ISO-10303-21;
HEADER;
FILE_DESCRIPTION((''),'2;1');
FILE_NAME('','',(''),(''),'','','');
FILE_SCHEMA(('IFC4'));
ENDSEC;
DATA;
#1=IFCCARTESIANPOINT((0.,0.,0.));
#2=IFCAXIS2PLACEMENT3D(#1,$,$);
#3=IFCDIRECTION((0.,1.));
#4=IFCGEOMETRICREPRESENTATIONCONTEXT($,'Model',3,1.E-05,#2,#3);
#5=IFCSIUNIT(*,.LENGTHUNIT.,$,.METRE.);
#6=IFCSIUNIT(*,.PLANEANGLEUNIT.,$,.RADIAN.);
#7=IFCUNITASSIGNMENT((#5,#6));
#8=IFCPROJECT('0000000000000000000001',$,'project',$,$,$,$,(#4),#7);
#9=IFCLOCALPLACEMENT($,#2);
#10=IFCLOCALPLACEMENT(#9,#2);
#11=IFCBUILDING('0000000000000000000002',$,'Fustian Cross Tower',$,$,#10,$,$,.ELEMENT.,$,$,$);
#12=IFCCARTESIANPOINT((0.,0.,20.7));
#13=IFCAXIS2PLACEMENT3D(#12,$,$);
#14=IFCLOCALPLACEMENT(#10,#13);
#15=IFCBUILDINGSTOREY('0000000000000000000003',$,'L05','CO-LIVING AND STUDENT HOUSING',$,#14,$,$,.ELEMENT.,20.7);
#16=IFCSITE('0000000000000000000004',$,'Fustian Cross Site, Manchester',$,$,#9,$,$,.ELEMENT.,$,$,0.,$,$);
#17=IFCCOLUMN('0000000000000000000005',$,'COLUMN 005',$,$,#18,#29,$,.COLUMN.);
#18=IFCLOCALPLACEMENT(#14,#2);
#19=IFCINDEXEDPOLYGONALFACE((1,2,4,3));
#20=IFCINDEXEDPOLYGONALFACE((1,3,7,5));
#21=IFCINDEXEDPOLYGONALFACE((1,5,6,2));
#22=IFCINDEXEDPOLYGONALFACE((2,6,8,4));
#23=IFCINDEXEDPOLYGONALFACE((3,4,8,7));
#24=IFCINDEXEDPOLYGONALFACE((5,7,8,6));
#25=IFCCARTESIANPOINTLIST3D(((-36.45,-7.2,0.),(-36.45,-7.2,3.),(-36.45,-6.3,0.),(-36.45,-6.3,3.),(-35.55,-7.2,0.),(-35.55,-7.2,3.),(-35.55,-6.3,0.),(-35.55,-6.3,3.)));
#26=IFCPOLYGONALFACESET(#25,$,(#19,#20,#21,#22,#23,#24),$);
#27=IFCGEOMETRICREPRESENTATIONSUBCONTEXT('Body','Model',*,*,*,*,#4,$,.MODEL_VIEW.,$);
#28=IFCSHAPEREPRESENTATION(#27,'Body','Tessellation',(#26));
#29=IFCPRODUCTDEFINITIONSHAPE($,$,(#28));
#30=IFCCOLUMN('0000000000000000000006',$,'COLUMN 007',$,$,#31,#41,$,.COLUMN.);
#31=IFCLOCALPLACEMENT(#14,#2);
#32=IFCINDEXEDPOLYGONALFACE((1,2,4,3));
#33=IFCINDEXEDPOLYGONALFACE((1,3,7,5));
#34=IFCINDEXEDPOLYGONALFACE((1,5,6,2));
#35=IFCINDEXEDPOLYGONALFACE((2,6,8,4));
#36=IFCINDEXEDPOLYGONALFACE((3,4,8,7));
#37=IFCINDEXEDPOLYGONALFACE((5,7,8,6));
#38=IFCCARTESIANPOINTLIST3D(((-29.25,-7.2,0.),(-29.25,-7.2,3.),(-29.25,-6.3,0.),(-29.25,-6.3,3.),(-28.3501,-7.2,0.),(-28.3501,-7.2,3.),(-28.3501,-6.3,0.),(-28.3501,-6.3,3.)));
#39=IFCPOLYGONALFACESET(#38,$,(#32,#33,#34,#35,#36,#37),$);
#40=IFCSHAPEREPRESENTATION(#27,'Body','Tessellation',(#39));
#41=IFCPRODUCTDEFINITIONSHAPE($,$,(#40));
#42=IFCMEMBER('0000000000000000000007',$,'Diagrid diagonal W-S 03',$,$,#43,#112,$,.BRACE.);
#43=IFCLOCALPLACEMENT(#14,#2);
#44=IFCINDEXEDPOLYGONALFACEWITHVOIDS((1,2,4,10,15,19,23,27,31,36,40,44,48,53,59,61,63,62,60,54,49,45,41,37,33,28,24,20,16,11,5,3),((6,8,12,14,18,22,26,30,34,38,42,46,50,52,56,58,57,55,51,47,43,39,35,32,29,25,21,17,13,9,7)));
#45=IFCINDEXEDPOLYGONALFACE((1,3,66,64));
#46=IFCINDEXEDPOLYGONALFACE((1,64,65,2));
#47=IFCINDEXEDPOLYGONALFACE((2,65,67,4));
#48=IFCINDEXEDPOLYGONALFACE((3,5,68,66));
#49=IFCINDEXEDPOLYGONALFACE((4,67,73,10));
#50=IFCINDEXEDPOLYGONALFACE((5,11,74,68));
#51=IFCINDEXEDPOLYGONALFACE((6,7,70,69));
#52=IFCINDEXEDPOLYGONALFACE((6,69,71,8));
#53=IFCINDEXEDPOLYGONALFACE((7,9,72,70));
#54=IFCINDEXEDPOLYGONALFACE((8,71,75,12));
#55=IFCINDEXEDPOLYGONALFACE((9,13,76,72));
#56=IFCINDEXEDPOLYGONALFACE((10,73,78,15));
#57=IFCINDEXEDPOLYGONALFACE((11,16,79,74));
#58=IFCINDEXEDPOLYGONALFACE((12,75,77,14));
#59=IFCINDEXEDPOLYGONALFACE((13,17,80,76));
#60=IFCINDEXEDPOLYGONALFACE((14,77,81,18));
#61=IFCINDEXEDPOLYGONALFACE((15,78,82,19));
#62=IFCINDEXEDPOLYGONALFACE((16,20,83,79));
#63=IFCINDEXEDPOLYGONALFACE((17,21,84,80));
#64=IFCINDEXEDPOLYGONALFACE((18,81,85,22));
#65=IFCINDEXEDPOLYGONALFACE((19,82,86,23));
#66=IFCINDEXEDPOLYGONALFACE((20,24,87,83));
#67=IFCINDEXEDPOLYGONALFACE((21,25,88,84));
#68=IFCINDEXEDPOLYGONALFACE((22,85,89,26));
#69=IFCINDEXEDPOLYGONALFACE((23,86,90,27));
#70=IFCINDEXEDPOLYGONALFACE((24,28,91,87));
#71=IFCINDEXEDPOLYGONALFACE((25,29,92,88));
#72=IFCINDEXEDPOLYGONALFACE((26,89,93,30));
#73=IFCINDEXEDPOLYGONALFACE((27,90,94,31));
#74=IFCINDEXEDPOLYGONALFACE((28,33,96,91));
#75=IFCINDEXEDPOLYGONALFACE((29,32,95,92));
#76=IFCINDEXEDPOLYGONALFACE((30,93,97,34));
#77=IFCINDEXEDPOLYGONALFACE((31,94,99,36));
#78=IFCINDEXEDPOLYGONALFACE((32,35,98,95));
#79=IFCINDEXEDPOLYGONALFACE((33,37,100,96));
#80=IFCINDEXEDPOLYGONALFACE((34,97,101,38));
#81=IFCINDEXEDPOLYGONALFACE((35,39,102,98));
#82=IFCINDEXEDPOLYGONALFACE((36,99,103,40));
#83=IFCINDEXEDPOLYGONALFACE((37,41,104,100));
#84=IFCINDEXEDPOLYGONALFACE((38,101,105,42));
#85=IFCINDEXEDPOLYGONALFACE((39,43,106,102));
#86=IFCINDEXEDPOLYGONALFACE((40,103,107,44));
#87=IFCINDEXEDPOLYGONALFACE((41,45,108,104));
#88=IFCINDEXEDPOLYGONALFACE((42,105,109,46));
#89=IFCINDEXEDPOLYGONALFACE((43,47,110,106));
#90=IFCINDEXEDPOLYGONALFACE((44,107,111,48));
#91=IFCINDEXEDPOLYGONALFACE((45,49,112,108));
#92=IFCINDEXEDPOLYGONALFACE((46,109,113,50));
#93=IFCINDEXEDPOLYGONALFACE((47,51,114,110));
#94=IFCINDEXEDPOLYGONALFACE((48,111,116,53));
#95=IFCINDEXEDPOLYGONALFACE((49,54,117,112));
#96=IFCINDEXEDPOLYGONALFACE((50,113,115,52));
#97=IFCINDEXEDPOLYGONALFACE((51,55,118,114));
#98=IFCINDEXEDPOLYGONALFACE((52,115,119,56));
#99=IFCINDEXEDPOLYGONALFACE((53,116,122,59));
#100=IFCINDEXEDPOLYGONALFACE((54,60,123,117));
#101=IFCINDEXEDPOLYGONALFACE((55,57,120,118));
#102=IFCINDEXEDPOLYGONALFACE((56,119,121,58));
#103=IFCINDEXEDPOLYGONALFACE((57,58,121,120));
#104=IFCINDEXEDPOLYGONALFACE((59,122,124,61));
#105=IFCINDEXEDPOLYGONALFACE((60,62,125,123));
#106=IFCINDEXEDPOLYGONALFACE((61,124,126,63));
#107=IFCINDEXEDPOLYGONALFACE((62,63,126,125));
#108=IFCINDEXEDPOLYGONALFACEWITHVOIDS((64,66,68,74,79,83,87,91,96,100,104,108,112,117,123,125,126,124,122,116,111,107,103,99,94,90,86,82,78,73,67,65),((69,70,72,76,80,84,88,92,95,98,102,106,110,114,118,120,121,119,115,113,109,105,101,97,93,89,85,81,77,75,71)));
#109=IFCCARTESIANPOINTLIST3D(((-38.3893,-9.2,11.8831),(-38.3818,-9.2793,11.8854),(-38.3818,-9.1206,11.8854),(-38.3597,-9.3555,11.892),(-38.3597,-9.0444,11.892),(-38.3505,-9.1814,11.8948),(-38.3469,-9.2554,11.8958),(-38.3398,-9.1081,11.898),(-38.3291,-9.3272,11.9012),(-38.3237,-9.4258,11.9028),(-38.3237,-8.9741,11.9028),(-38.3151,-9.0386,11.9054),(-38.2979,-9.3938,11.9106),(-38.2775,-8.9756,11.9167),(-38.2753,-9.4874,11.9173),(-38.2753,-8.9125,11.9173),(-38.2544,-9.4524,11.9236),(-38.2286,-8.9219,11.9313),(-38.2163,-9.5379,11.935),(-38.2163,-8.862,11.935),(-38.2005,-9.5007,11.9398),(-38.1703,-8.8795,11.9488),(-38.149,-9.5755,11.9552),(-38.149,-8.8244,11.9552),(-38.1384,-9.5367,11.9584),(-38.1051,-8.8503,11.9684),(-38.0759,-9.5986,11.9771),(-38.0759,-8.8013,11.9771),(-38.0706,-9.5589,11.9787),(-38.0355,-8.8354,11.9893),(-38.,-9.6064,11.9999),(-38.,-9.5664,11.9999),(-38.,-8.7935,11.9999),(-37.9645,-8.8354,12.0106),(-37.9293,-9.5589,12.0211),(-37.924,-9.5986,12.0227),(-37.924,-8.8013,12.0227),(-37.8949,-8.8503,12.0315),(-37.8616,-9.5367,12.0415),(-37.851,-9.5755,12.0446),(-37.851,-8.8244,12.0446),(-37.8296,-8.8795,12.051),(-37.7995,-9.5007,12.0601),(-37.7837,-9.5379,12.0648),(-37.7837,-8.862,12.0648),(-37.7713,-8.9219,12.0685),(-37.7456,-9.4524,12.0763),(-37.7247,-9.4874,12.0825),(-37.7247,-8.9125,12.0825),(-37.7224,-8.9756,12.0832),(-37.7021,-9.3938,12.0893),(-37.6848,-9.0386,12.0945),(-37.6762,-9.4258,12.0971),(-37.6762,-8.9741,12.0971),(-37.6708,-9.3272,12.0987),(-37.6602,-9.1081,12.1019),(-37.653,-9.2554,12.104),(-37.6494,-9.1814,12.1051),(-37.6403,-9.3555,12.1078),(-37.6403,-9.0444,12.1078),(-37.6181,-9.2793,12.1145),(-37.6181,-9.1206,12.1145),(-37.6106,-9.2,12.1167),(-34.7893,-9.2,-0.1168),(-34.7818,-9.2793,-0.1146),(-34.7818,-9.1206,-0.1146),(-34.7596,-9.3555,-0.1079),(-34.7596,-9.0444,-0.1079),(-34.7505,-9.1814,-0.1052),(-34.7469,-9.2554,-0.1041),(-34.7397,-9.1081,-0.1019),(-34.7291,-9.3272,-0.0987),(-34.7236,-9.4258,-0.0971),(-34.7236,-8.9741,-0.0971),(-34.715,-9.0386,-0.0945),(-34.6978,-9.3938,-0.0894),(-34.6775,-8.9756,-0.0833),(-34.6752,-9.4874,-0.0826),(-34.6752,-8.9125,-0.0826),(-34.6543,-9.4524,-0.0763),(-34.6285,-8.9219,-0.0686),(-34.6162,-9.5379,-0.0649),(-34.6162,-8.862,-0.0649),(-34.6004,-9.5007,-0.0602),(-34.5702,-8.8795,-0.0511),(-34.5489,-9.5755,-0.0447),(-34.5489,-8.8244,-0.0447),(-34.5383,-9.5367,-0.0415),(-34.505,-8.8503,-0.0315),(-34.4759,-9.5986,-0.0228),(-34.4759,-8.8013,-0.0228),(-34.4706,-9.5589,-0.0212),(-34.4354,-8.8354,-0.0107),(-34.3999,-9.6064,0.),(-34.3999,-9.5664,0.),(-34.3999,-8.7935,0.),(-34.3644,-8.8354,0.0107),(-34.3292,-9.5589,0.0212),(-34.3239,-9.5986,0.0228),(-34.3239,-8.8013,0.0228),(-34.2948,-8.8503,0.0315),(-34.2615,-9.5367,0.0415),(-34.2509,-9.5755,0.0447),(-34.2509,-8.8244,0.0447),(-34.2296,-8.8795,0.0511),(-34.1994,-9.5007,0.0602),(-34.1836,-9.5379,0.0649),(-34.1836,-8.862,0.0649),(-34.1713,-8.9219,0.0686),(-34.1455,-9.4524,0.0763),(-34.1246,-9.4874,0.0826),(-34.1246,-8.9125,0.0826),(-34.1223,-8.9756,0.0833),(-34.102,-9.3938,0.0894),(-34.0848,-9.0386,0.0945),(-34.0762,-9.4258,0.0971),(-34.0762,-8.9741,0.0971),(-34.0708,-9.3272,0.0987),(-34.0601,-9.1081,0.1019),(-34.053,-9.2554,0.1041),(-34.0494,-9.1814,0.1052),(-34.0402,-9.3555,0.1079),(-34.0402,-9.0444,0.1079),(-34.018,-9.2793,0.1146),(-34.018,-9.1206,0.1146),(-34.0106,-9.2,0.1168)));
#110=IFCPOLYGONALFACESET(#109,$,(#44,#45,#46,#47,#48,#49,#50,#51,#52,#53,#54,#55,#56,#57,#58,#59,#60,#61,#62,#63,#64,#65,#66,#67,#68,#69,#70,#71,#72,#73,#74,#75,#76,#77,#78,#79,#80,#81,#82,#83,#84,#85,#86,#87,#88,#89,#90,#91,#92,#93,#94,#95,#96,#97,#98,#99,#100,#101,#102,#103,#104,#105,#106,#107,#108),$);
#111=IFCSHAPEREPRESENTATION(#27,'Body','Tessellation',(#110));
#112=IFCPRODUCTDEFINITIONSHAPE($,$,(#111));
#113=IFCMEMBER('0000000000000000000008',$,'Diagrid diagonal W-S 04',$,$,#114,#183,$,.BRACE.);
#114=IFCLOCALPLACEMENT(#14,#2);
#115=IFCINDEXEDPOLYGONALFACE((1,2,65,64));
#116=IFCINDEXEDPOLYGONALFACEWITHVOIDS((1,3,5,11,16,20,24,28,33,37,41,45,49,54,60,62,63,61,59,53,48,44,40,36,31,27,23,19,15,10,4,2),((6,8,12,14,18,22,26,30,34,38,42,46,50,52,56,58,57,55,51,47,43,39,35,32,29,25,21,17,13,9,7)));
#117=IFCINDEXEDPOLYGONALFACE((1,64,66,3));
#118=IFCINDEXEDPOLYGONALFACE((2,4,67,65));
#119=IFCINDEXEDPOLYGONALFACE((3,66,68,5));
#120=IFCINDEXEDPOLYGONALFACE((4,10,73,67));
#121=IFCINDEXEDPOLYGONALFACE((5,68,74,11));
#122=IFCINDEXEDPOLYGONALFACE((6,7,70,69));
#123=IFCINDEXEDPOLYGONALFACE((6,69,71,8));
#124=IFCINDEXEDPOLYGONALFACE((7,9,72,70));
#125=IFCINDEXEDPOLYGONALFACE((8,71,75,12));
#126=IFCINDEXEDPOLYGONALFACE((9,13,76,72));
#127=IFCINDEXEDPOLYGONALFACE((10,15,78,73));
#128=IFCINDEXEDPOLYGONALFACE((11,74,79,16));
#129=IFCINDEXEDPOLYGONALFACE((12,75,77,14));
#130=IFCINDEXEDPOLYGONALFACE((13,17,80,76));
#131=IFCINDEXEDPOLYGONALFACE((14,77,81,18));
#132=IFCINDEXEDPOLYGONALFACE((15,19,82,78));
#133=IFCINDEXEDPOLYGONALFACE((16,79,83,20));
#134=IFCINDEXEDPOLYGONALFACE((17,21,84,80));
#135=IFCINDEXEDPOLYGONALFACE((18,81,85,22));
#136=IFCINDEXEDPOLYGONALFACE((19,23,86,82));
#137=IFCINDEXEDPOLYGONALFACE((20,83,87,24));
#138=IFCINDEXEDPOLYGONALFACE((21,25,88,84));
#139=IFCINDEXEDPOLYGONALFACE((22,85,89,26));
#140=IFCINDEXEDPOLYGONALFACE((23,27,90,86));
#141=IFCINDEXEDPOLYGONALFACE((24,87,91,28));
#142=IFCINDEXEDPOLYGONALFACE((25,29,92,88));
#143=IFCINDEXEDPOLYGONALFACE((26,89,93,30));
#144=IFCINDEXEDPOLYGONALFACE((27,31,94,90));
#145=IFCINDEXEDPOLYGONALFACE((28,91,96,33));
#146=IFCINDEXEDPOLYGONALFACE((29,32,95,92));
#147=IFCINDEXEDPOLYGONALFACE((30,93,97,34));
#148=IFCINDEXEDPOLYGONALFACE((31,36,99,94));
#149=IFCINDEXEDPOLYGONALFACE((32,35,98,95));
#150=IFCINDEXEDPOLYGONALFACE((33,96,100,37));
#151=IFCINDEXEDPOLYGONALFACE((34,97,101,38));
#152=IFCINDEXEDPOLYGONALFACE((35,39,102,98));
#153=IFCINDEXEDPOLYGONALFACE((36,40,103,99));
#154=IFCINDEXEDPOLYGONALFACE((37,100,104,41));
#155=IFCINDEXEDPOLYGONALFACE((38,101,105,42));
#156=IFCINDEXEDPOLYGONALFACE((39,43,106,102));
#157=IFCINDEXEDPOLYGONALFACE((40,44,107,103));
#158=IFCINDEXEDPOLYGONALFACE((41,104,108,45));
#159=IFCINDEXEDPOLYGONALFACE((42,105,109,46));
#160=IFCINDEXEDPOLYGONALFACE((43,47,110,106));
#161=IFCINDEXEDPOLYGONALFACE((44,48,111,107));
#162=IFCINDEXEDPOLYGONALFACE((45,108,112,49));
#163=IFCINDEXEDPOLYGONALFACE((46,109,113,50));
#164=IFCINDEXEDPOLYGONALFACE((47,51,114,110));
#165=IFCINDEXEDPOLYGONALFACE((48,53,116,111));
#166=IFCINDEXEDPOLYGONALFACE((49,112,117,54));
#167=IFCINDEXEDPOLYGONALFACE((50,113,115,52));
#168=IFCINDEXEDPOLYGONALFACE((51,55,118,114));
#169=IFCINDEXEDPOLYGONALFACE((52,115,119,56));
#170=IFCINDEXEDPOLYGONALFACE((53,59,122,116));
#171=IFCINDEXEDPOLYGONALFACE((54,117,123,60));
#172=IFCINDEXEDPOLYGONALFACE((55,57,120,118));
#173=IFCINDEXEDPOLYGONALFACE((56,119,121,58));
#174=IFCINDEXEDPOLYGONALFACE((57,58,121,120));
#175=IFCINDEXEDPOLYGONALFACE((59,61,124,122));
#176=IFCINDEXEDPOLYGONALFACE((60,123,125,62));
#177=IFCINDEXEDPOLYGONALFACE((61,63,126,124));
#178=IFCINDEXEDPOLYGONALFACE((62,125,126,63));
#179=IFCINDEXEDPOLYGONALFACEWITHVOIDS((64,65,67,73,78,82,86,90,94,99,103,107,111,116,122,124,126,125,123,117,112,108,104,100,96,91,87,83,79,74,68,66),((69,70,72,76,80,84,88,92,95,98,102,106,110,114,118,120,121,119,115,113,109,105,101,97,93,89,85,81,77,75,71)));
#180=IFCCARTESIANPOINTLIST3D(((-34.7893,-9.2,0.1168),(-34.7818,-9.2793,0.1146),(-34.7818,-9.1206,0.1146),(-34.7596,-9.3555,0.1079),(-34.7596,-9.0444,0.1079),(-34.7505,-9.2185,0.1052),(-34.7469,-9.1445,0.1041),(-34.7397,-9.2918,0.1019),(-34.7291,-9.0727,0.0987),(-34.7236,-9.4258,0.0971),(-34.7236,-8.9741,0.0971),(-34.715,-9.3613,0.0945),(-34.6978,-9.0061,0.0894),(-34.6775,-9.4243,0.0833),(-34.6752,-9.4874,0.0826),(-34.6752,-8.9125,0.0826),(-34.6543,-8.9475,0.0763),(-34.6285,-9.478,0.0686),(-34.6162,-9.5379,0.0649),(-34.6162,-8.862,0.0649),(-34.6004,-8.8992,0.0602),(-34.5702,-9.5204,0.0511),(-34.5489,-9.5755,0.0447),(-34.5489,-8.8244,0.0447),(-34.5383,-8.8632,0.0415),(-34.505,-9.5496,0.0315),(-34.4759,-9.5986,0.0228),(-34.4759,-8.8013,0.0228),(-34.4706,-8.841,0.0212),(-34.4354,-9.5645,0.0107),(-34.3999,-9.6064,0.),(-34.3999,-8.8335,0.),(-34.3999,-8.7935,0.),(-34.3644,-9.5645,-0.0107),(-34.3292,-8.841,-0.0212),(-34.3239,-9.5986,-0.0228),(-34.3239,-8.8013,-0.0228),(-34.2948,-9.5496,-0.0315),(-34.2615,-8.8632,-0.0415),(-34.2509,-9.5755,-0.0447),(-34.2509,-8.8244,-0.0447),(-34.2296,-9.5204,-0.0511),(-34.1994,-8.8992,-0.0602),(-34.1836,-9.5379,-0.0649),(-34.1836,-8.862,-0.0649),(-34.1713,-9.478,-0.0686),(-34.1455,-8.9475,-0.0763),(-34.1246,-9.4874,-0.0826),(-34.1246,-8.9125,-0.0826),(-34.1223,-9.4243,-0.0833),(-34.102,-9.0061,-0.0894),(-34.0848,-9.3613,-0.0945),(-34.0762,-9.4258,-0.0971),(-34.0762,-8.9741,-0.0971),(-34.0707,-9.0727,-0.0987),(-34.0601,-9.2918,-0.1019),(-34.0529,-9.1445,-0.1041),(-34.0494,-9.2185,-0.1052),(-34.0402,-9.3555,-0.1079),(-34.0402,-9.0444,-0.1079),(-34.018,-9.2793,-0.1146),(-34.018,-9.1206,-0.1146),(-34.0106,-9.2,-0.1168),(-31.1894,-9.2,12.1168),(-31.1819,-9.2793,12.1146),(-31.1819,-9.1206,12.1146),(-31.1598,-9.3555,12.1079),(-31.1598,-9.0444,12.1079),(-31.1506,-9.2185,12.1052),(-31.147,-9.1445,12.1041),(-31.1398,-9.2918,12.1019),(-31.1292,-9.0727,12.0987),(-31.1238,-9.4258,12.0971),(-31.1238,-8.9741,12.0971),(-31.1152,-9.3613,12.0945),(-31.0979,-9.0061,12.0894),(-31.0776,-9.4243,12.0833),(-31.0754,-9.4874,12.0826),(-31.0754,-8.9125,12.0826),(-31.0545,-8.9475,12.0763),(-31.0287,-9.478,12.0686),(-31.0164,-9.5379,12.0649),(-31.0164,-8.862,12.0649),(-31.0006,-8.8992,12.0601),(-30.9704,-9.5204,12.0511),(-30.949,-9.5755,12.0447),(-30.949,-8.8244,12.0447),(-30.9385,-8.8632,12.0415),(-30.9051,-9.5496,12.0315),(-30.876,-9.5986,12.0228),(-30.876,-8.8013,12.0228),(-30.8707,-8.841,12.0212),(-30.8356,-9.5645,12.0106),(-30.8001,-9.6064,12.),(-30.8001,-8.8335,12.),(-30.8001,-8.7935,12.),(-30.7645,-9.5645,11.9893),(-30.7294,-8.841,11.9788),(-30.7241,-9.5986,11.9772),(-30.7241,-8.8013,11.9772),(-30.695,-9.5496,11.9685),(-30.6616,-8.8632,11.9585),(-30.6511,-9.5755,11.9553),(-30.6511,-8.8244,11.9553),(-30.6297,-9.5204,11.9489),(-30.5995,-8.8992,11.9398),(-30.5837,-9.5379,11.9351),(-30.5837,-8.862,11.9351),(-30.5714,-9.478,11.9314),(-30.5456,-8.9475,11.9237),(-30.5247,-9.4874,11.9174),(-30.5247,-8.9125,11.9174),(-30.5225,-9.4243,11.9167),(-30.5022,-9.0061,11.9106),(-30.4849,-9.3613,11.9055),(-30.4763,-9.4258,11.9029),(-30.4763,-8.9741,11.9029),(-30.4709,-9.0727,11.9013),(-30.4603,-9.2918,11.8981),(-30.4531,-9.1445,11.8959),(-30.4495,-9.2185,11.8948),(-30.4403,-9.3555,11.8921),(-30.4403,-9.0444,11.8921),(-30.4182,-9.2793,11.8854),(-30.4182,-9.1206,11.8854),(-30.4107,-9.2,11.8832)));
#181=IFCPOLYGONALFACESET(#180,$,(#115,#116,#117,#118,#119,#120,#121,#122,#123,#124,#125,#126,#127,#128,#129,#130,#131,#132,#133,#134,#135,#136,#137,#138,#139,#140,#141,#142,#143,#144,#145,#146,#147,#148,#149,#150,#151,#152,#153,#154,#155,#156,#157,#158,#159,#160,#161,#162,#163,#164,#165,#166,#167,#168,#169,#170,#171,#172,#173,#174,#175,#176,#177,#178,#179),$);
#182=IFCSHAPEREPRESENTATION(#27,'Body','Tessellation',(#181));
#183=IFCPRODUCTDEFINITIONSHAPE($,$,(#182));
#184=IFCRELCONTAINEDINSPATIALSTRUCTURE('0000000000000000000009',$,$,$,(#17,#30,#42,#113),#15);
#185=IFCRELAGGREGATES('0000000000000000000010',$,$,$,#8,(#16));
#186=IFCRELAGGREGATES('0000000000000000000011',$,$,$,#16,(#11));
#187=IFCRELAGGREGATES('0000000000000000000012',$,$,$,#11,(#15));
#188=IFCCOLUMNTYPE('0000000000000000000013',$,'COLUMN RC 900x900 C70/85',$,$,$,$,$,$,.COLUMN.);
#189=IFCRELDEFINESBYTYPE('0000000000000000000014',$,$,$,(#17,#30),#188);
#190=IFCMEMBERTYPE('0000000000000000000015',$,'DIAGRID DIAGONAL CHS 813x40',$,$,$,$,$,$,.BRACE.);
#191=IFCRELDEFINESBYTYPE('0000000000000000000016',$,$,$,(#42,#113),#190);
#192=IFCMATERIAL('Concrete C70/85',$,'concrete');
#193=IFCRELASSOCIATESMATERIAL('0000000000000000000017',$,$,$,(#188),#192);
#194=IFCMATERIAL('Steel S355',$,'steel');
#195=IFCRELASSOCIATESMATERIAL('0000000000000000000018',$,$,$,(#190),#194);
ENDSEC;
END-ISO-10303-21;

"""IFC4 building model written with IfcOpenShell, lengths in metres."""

from ifc_helpers import new_model, si_unit, direction, frame, origin, origin_2d, place, context, subcontext, project, spatial, rectangle, hollow_circle, extrude, material, material_profile, profile_set, type_object, element, save


model = new_model("IFC4")

# Units and contexts
model_context = context("Model", 3, precision=1e-05, world=origin(), true_north=direction((0.0, 1.0)))
body_context = subcontext(model_context, "Body", "Model", "MODEL_VIEW")
ifc_project = project(units=[si_unit("LENGTHUNIT", "METRE"), si_unit("PLANEANGLEUNIT", "RADIAN")], contexts=[model_context])

# Site, building, storey
site_placement = place(None, origin())
site = spatial("IfcSite", under=ifc_project, at=site_placement, Name="Fustian Cross Site, Manchester", CompositionType="ELEMENT", RefElevation=0.0)
building_placement = place(site_placement, origin())
building = spatial("IfcBuilding", under=site, at=building_placement, Name="Fustian Cross Tower", CompositionType="ELEMENT")
storey_placement = place(building_placement, frame((0.0, 0.0, 20.7)))
storey = spatial("IfcBuildingStorey", under=building, at=storey_placement, Name="L05", Description="CO-LIVING AND STUDENT HOUSING", CompositionType="ELEMENT", Elevation=20.7)

# Columns
ifc_material_1 = material(Name="Concrete C70/85", Category="concrete")
ifc_material_profile_1 = material_profile(ifc_material_1, rectangle(XDim=0.8999, YDim=0.8999, at=origin_2d()), Name="RC 900x900")
ifc_profile_set_1 = profile_set([ifc_material_profile_1], Name="Concrete C70/85")
column_type = type_object("IfcColumnType", Name="COLUMN RC 900x900 C70/85", PredefinedType="COLUMN", material=ifc_profile_set_1)
for number, where, z_axis, x_axis, name in (
    (1, (-36.0, -6.75, 0.0), (0.0, 0.0, 1.0), (1.0, 0.0, 0.0), "COLUMN 005"),
    (2, (-28.8, -6.75, 0.0), (0.0, 0.0, 1.0), (1.0, 0.0, 0.0), "COLUMN 007"),
):
    element("IfcColumn", number, at=place(storey_placement, frame(where, z_axis=z_axis, x_axis=x_axis)), inside=storey, type_object=column_type, Name=name, PredefinedType="COLUMN", context=body_context, shape_type="SweptSolid", body=[
        extrude(rectangle(XDim=0.8999, YDim=0.8999, at=origin_2d()), origin(), (0.0, 0.0, 1.0), 3.0),
    ])

# Members
ifc_material_2 = material(Name="Steel S355", Category="steel")
ifc_material_profile_2 = material_profile(ifc_material_2, hollow_circle(Radius=0.4065, WallThickness=0.04, at=origin_2d()), Name="CHS 813x40")
ifc_profile_set_2 = profile_set([ifc_material_profile_2], Name="Steel S355")
member_type = type_object("IfcMemberType", Name="DIAGRID DIAGONAL CHS 813x40", PredefinedType="BRACE", material=ifc_profile_set_2)
for number, where, z_axis, x_axis, name in (
    (3, (-34.3999, -9.2, 0.0), (-0.287355, 0.0, 0.957824), (0.0, -1.0, 0.0), "Diagrid diagonal W-S 03"),
    (4, (-34.3999, -9.2, 0.0), (0.287337, 0.0, 0.95783), (0.0, 1.0, 0.0), "Diagrid diagonal W-S 04"),
):
    element("IfcMember", number, at=place(storey_placement, frame(where, z_axis=z_axis, x_axis=x_axis)), inside=storey, type_object=member_type, Name=name, PredefinedType="BRACE", context=body_context, shape_type="SweptSolid", body=[
        extrude(hollow_circle(Radius=0.4065, WallThickness=0.04, at=origin_2d()), origin(), (0.0, 0.0, 1.0), 12.5283),
    ])

save(model, "model.ifc")
